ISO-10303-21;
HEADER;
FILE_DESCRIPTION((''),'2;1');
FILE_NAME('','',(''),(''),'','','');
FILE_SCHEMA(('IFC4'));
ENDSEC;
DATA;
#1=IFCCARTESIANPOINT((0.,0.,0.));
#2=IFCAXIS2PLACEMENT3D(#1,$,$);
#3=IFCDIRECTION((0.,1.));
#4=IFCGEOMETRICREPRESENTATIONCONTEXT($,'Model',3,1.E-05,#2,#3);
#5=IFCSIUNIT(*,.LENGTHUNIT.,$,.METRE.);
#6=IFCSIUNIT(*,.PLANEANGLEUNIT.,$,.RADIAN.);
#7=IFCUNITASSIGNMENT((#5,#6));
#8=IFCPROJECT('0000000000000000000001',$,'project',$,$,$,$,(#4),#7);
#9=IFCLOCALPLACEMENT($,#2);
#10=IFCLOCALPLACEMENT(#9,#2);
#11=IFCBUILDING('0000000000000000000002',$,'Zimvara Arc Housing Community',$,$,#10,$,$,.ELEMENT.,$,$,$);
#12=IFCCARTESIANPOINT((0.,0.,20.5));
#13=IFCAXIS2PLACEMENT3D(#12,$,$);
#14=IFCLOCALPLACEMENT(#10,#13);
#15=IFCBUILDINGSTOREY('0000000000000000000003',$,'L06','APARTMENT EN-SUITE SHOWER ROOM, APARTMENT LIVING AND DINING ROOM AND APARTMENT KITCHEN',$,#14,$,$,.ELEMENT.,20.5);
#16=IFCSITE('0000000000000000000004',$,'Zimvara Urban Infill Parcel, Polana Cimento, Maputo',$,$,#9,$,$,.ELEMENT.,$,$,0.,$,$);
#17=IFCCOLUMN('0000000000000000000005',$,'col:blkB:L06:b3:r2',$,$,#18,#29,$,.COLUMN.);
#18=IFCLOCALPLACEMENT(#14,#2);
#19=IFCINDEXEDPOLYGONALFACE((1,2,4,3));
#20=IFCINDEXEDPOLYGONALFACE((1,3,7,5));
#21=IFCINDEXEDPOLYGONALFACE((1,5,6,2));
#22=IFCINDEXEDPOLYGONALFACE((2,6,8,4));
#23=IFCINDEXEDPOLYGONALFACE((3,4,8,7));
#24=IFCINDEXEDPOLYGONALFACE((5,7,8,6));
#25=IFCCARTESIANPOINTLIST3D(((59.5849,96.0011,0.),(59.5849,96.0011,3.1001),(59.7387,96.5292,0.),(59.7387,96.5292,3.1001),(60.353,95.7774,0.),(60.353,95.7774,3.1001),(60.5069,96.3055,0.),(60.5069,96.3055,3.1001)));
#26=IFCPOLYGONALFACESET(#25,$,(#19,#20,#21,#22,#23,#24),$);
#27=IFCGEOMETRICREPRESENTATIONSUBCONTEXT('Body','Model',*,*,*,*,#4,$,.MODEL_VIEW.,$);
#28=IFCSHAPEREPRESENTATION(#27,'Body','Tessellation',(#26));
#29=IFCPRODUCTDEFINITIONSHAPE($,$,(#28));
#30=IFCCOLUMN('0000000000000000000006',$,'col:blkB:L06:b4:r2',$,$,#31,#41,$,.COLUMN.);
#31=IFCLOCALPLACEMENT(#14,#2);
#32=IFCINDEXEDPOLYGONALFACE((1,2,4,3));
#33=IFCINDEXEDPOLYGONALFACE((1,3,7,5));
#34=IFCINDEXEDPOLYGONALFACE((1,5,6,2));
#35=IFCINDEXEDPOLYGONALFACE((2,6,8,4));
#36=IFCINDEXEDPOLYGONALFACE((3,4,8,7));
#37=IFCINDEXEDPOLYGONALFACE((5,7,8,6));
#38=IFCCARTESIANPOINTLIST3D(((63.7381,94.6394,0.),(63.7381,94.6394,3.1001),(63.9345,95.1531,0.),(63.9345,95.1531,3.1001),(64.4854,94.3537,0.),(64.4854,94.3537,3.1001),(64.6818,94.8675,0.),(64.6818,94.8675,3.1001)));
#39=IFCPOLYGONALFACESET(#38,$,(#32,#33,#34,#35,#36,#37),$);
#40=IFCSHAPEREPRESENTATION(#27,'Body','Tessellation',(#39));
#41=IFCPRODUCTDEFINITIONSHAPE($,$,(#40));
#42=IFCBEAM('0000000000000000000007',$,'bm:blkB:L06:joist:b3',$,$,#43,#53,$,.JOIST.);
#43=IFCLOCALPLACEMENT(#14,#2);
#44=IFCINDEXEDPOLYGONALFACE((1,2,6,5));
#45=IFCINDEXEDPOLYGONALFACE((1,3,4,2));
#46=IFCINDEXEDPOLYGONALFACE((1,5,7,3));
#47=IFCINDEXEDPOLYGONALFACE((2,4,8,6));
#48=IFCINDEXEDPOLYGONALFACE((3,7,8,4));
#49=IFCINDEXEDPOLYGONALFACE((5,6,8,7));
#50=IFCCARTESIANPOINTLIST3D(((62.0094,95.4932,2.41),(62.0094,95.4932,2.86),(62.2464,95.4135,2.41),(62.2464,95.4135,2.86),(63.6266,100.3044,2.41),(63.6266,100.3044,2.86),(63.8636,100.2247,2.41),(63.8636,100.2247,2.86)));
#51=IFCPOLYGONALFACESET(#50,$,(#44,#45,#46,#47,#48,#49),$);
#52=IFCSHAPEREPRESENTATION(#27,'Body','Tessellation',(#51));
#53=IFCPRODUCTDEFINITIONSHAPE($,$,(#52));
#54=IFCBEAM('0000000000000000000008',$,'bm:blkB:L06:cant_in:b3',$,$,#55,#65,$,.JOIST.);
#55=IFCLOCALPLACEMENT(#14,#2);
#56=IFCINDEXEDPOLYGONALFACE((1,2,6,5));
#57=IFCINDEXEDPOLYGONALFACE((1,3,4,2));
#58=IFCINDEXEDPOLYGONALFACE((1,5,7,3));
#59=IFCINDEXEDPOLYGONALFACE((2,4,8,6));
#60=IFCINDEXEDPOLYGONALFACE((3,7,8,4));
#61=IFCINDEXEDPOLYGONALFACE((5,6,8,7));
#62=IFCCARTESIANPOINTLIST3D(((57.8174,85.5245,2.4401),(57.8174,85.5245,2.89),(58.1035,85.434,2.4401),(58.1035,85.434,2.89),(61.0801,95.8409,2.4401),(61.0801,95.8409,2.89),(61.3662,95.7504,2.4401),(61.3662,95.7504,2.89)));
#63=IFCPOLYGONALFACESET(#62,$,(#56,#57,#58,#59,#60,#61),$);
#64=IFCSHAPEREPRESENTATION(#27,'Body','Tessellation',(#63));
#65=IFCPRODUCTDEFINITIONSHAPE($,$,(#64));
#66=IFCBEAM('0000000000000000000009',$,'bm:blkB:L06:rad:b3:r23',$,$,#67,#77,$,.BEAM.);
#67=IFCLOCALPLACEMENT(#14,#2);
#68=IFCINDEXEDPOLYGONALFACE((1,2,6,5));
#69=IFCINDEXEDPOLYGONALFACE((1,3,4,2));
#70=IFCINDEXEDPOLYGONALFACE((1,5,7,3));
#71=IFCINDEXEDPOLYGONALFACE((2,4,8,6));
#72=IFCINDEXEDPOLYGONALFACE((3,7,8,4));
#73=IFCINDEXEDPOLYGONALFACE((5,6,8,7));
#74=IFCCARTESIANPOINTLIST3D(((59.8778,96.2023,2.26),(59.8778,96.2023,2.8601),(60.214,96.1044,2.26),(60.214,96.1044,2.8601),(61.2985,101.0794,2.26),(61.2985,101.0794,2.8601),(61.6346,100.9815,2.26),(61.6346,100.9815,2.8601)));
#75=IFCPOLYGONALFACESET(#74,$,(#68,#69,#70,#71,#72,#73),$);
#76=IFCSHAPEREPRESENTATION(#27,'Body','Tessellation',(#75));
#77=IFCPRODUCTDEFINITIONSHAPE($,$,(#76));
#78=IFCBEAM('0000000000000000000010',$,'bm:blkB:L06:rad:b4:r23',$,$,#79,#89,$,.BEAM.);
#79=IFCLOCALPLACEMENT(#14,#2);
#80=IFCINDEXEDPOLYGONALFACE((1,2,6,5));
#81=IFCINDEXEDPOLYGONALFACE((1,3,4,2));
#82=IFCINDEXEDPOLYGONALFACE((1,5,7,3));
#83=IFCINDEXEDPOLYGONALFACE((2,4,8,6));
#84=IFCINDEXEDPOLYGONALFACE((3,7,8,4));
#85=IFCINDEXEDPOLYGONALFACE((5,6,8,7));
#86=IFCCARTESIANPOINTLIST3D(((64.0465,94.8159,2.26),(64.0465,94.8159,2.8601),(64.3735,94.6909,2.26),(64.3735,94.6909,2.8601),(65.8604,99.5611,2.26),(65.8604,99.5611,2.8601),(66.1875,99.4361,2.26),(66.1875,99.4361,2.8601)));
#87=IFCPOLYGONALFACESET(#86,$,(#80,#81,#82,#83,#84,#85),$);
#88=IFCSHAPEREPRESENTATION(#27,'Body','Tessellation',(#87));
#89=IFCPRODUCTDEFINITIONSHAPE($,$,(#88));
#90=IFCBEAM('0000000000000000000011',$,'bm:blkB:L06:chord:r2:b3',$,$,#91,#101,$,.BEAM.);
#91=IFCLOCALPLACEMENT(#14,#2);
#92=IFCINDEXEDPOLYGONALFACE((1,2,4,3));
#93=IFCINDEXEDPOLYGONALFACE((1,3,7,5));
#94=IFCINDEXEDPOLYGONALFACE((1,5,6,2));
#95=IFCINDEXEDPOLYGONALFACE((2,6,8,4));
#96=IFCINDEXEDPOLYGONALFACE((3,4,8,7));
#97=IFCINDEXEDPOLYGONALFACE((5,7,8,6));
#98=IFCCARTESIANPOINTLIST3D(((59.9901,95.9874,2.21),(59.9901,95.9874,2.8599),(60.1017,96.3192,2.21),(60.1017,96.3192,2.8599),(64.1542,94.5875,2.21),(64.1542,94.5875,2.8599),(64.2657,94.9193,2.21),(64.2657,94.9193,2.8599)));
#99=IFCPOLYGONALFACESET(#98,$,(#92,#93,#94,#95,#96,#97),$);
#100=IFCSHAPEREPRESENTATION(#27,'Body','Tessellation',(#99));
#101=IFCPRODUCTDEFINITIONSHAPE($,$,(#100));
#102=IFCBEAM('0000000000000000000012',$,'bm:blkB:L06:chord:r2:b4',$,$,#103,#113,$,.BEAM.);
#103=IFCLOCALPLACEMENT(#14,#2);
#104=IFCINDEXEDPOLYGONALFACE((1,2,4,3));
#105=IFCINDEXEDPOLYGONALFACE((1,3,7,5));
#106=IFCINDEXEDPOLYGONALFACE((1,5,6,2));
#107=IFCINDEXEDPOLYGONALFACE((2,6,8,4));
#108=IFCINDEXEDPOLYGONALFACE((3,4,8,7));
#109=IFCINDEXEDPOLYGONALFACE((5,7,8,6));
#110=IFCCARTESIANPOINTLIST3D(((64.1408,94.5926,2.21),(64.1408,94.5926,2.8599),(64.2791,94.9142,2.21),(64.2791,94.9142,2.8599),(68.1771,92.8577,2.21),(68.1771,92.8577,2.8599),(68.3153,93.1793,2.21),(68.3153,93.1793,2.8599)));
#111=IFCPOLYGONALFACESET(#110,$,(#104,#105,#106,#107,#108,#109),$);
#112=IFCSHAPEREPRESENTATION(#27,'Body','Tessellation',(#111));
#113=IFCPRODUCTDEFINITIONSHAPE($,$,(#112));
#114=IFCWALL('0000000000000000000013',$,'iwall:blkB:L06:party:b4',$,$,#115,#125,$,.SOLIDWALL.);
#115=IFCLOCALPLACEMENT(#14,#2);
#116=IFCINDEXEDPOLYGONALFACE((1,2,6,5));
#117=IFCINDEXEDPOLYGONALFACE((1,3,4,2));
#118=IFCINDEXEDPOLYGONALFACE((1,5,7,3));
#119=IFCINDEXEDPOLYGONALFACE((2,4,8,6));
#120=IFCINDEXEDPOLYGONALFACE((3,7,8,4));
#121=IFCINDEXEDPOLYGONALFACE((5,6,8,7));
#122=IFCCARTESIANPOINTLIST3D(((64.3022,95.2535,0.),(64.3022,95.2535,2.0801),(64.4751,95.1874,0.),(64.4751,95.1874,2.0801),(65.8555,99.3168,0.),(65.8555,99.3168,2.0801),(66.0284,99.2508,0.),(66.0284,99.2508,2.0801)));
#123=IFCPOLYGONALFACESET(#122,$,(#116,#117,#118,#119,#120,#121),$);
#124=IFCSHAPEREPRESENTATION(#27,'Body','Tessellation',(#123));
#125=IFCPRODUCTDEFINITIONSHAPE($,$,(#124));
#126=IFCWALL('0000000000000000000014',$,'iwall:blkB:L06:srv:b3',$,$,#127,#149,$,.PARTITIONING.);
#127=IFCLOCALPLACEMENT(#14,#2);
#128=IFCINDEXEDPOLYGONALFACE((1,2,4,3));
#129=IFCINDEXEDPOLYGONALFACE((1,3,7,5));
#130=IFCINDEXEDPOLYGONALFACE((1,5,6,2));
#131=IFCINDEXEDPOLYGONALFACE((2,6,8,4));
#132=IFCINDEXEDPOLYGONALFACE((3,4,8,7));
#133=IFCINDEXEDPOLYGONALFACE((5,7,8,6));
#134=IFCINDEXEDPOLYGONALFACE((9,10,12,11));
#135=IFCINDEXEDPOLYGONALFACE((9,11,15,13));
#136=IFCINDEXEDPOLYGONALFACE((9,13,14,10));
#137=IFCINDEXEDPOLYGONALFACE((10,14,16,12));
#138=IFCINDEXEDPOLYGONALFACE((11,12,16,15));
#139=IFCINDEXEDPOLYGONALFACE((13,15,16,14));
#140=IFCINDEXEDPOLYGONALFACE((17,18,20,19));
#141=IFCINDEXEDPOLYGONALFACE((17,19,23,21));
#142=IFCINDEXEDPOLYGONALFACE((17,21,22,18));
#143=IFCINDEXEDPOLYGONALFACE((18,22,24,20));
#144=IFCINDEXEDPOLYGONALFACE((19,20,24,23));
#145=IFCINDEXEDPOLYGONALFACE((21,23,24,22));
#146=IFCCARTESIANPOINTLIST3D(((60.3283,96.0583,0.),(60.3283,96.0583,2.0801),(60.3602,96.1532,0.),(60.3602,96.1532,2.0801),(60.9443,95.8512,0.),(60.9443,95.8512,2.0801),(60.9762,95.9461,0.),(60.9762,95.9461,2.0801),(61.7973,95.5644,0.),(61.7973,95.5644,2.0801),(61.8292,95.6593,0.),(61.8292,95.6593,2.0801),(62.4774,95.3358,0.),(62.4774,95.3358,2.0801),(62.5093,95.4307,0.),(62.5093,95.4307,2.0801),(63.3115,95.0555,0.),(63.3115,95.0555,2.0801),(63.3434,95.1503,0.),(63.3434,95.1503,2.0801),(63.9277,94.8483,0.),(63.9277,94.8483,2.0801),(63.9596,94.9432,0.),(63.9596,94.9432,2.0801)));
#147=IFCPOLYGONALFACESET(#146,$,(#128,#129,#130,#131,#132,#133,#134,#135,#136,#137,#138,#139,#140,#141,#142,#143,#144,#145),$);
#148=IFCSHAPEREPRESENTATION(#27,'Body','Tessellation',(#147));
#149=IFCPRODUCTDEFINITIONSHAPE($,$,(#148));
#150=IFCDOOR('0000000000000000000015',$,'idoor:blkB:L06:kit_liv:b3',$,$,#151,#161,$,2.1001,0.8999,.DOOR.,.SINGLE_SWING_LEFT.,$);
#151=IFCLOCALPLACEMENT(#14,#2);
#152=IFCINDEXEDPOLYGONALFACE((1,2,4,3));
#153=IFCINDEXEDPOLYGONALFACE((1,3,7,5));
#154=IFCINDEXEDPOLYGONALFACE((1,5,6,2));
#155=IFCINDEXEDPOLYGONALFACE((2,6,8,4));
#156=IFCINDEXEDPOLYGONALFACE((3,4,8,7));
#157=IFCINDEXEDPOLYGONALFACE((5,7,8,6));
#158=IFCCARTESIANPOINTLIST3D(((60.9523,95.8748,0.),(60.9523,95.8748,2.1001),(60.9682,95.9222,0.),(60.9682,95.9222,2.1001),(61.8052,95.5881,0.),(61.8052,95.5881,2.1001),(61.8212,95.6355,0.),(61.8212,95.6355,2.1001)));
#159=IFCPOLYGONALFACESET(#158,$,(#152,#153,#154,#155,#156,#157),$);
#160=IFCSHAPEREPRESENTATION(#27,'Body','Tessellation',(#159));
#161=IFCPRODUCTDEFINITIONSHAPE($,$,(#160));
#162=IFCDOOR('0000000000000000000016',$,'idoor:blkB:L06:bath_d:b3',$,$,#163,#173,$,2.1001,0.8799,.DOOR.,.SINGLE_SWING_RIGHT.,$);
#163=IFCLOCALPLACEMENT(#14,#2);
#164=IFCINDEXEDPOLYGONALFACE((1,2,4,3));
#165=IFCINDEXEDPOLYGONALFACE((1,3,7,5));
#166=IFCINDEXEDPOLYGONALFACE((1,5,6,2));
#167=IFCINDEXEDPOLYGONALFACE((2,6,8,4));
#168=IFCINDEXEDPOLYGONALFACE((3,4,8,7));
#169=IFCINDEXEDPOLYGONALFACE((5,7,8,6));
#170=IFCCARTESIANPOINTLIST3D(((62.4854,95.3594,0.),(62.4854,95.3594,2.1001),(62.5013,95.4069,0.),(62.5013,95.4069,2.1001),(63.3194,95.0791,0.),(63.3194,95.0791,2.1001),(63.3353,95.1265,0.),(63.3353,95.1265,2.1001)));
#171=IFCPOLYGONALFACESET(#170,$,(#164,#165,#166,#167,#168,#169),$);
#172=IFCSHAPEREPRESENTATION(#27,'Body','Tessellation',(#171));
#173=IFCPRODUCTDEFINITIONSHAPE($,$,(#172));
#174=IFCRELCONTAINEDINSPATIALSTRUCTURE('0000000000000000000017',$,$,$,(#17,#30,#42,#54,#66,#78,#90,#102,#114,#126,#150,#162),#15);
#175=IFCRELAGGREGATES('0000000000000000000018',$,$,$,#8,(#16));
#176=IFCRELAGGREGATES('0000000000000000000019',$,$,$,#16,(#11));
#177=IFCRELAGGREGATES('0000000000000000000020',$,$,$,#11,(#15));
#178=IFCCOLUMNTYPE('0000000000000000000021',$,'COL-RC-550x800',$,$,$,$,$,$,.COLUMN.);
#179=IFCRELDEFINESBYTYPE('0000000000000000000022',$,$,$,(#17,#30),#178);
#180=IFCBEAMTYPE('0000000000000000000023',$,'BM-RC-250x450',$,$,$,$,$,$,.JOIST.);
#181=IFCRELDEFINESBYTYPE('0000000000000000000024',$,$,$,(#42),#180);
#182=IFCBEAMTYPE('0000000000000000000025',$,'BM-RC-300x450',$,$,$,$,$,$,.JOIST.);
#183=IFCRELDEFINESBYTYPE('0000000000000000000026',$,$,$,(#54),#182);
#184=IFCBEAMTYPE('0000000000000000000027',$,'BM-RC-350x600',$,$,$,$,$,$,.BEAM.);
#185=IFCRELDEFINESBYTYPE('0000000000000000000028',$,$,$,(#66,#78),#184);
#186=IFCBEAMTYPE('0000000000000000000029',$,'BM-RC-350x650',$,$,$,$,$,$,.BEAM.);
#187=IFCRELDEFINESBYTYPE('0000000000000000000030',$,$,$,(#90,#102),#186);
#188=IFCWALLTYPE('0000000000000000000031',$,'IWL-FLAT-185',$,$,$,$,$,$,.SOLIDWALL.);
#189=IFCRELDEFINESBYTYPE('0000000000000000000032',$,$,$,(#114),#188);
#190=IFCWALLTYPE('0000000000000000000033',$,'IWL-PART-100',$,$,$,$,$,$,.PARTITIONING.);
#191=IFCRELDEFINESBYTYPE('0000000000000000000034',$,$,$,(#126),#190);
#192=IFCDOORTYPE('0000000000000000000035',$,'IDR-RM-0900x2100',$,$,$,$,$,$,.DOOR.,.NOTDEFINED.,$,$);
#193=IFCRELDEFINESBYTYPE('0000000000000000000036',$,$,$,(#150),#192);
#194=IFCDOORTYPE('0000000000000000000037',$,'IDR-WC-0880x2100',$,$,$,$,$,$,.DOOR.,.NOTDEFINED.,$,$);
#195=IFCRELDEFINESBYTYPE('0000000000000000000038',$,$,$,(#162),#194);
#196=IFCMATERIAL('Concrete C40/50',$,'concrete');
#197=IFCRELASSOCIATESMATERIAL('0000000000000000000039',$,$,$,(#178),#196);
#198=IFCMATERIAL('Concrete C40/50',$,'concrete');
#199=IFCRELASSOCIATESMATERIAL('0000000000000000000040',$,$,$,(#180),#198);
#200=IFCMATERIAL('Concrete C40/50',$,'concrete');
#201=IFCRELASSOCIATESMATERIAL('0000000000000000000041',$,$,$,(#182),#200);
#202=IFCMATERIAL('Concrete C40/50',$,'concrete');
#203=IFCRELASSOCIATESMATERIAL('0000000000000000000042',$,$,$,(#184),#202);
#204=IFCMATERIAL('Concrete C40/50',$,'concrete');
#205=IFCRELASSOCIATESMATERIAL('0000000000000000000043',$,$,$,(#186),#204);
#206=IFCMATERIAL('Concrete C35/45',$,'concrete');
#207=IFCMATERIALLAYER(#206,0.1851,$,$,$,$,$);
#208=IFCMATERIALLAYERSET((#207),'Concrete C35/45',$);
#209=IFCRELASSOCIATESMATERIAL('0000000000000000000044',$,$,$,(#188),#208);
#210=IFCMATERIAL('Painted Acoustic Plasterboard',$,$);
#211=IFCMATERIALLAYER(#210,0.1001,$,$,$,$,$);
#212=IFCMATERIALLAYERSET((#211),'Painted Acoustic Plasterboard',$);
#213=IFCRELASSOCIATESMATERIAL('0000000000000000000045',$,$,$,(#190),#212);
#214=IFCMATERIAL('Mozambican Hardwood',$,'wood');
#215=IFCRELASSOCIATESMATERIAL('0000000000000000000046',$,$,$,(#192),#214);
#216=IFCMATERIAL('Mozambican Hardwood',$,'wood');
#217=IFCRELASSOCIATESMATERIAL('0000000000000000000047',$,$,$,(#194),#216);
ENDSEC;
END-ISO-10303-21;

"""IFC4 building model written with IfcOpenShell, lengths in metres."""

from ifc_helpers import new_model, si_unit, direction, frame, frame_2d, origin, origin_2d, place, context, subcontext, project, spatial, rectangle, extrude, material, layer, layer_set, material_profile, profile_set, type_object, element, fill, save


model = new_model("IFC4")

# Units and contexts
model_context = context("Model", 3, precision=1e-05, world=origin(), true_north=direction((0.0, 1.0)))
body_context = subcontext(model_context, "Body", "Model", "MODEL_VIEW")
ifc_project = project(units=[si_unit("LENGTHUNIT", "METRE"), si_unit("PLANEANGLEUNIT", "RADIAN")], contexts=[model_context])

# Site, building, storey
site_placement = place(None, origin())
site = spatial("IfcSite", under=ifc_project, at=site_placement, Name="Zimvara Urban Infill Parcel, Polana Cimento, Maputo", CompositionType="ELEMENT", RefElevation=0.0)
building_placement = place(site_placement, origin())
building = spatial("IfcBuilding", under=site, at=building_placement, Name="Zimvara Arc Housing Community", CompositionType="ELEMENT")
storey_placement = place(building_placement, frame((0.0, 0.0, 20.5)))
storey = spatial("IfcBuildingStorey", under=building, at=storey_placement, Name="L06", Description="APARTMENT EN-SUITE SHOWER ROOM, APARTMENT LIVING AND DINING ROOM AND APARTMENT KITCHEN", CompositionType="ELEMENT", Elevation=20.5)

# Columns
ifc_material_1 = material(Name="Concrete C40/50", Category="concrete")
ifc_material_profile_1 = material_profile(ifc_material_1, rectangle(XDim=0.55, YDim=0.8, at=origin_2d()), Name="RC 550x800")
ifc_profile_set_1 = profile_set([ifc_material_profile_1], Name="Concrete C40/50")
column_type = type_object("IfcColumnType", Name="COL-RC-550x800", PredefinedType="COLUMN", material=ifc_profile_set_1)
for number, where, z_axis, x_axis, name in (
    (1, (60.0459, 96.1533, 0.0), (0.0, 0.0, 1.0), (0.279661, 0.960099, 0.0), "col:blkB:L06:b3:r2"),
    (2, (64.21, 94.7534, 0.0), (0.0, 0.0, 1.0), (0.357064, 0.93408, 0.0), "col:blkB:L06:b4:r2"),
):
    element("IfcColumn", number, at=place(storey_placement, frame(where, z_axis=z_axis, x_axis=x_axis)), inside=storey, type_object=column_type, Name=name, PredefinedType="COLUMN", context=body_context, shape_type="SweptSolid", body=[
        extrude(rectangle(XDim=0.55, YDim=0.8, at=origin_2d()), origin(), (0.0, 0.0, 1.0), 3.1001),
    ])

# Beams
ifc_material_2 = material(Name="Concrete C40/50", Category="concrete")
ifc_material_profile_2 = material_profile(ifc_material_2, rectangle(XDim=0.25, YDim=0.45, at=origin_2d()), Name="RC 250x450")
ifc_profile_set_2 = profile_set([ifc_material_profile_2], Name="Concrete C40/50")
beam_type_1 = type_object("IfcBeamType", Name="BM-RC-250x450", PredefinedType="JOIST", material=ifc_profile_set_2)
beam_1_placement = place(storey_placement, frame((62.1279, 95.4534, 2.635), z_axis=(0.318608, 0.947887, 0.0), x_axis=(-0.947887, 0.318608, 0.0)))
element("IfcBeam", 3, at=beam_1_placement, inside=storey, type_object=beam_type_1, Name="bm:blkB:L06:joist:b3", PredefinedType="JOIST", context=body_context, shape_type="SweptSolid", body=[
    extrude(rectangle(XDim=0.25, YDim=0.45, at=origin_2d()), origin(), (0.0, 0.0, 1.0), 5.0757),
])
ifc_material_3 = material(Name="Concrete C40/50", Category="concrete")
ifc_material_profile_3 = material_profile(ifc_material_3, rectangle(XDim=0.3, YDim=0.45, at=origin_2d()), Name="RC 300x450")
ifc_profile_set_3 = profile_set([ifc_material_profile_3], Name="Concrete C40/50")
beam_type_2 = type_object("IfcBeamType", Name="BM-RC-300x450", PredefinedType="JOIST", material=ifc_profile_set_3)
beam_2_placement = place(storey_placement, frame((61.2231, 95.7957, 2.665), z_axis=(-0.301542, -0.953453, 0.0), x_axis=(0.953453, -0.301542, 0.0)))
element("IfcBeam", 4, at=beam_2_placement, inside=storey, type_object=beam_type_2, Name="bm:blkB:L06:cant_in:b3", PredefinedType="JOIST", context=body_context, shape_type="SweptSolid", body=[
    extrude(rectangle(XDim=0.3, YDim=0.45, at=origin_2d()), origin(), (0.0, 0.0, 1.0), 10.8201),
])
ifc_material_4 = material(Name="Concrete C40/50", Category="concrete")
ifc_material_profile_4 = material_profile(ifc_material_4, rectangle(XDim=0.3501, YDim=0.6001, at=origin_2d()), Name="RC 350x600")
ifc_profile_set_4 = profile_set([ifc_material_profile_4], Name="Concrete C40/50")
beam_type_3 = type_object("IfcBeamType", Name="BM-RC-350x600", PredefinedType="BEAM", material=ifc_profile_set_4)
beam_3_placement = place(storey_placement, frame((60.0459, 96.1533, 2.5601), z_axis=(0.279662, 0.960098, 0.0), x_axis=(-0.960098, 0.279662, 0.0)))
element("IfcBeam", 5, at=beam_3_placement, inside=storey, type_object=beam_type_3, Name="bm:blkB:L06:rad:b3:r23", PredefinedType="BEAM", context=body_context, shape_type="SweptSolid", body=[
    extrude(rectangle(XDim=0.3501, YDim=0.6001, at=origin_2d()), origin(), (0.0, 0.0, 1.0), 5.0798),
])
beam_4_placement = place(storey_placement, frame((64.21, 94.7534, 2.5601), z_axis=(0.357078, 0.934074, 0.0), x_axis=(-0.934074, 0.357078, 0.0)))
element("IfcBeam", 6, at=beam_4_placement, inside=storey, type_object=beam_type_3, Name="bm:blkB:L06:rad:b4:r23", PredefinedType="BEAM", context=body_context, shape_type="SweptSolid", body=[
    extrude(rectangle(XDim=0.3501, YDim=0.6001, at=origin_2d()), origin(), (0.0, 0.0, 1.0), 5.0801),
])
ifc_material_5 = material(Name="Concrete C40/50", Category="concrete")
ifc_material_profile_5 = material_profile(ifc_material_5, rectangle(XDim=0.3501, YDim=0.6499, at=origin_2d()), Name="RC 350x650")
ifc_profile_set_5 = profile_set([ifc_material_profile_5], Name="Concrete C40/50")
beam_type_4 = type_object("IfcBeamType", Name="BM-RC-350x650", PredefinedType="BEAM", material=ifc_profile_set_5)
beam_5_placement = place(storey_placement, frame((60.0459, 96.1533, 2.5349), z_axis=(0.947869, -0.318661, 0.0), x_axis=(0.318661, 0.947869, 0.0)))
element("IfcBeam", 7, at=beam_5_placement, inside=storey, type_object=beam_type_4, Name="bm:blkB:L06:chord:r2:b3", PredefinedType="BEAM", context=body_context, shape_type="SweptSolid", body=[
    extrude(rectangle(XDim=0.3501, YDim=0.6499, at=origin_2d()), origin(), (0.0, 0.0, 1.0), 4.3931),
])
beam_6_placement = place(storey_placement, frame((64.21, 94.7534, 2.5349), z_axis=(0.918725, -0.394898, 0.0), x_axis=(0.394898, 0.918725, 0.0)))
element("IfcBeam", 8, at=beam_6_placement, inside=storey, type_object=beam_type_4, Name="bm:blkB:L06:chord:r2:b4", PredefinedType="BEAM", context=body_context, shape_type="SweptSolid", body=[
    extrude(rectangle(XDim=0.3501, YDim=0.6499, at=origin_2d()), origin(), (0.0, 0.0, 1.0), 4.3933),
])

# Wall
ifc_material_6 = material(Name="Concrete C35/45", Category="concrete")
ifc_layer_1 = layer(ifc_material_6, 0.1851)
ifc_layer_set_1 = layer_set([ifc_layer_1], Name="Concrete C35/45")
wall_type_1 = type_object("IfcWallType", Name="IWL-FLAT-185", PredefinedType="SOLIDWALL", material=ifc_layer_set_1)
wall_1_placement = place(storey_placement, frame((64.3887, 95.2205, 0.0), z_axis=(0.0, 0.0, 1.0), x_axis=(0.357064, 0.93408, 0.0)))
element("IfcWall", 9, at=wall_1_placement, inside=storey, type_object=wall_type_1, Name="iwall:blkB:L06:party:b4", PredefinedType="SOLIDWALL", context=body_context, shape_type="SweptSolid", body=[
    extrude(rectangle(XDim=4.3501, YDim=0.1851, at=frame_2d((2.175, 0.0))), origin(), (0.0, 0.0, 1.0), 2.0801),
])

# Wall, openings, doors
ifc_material_7 = material(Name="Painted Acoustic Plasterboard")
ifc_layer_2 = layer(ifc_material_7, 0.1001)
ifc_layer_set_2 = layer_set([ifc_layer_2], Name="Painted Acoustic Plasterboard")
wall_type_2 = type_object("IfcWallType", Name="IWL-PART-100", PredefinedType="PARTITIONING", material=ifc_layer_set_2)
wall_2_placement = place(storey_placement, frame((60.3442, 96.1057, 0.0), z_axis=(0.0, 0.0, 1.0), x_axis=(0.947877, -0.318638, 0.0)))
wall_2 = element("IfcWall", 10, at=wall_2_placement, inside=storey, type_object=wall_type_2, Name="iwall:blkB:L06:srv:b3", PredefinedType="PARTITIONING", context=body_context, shape_type="SweptSolid", body=[
    extrude(rectangle(XDim=3.7974, YDim=0.1001, at=frame_2d((1.8987, 0.0))), origin(), (0.0, 0.0, 1.0), 2.0801),
])
opening_1_placement = place(wall_2_placement, frame((0.6499, 0.0, 0.0)))
opening_1 = element("IfcOpeningElement", 11, at=opening_1_placement, cuts=wall_2, PredefinedType="OPENING", context=body_context, shape_type="SweptSolid", body=[
    extrude(rectangle(XDim=0.8999, YDim=2.1001, at=frame_2d((0.45, 1.05))), frame((0.0, 0.0601, 0.0), z_axis=(0.0, -1.0, 0.0), x_axis=(1.0, 0.0, 0.0)), (0.0, 0.0, 1.0), 0.1201),
])
opening_2_placement = place(wall_2_placement, frame((2.2673, 0.0, 0.0)))
opening_2 = element("IfcOpeningElement", 12, at=opening_2_placement, cuts=wall_2, PredefinedType="OPENING", context=body_context, shape_type="SweptSolid", body=[
    extrude(rectangle(XDim=0.8799, YDim=2.1001, at=frame_2d((0.4399, 1.05))), frame((0.0, 0.0601, 0.0), z_axis=(0.0, -1.0, 0.0), x_axis=(1.0, 0.0, 0.0)), (0.0, 0.0, 1.0), 0.1201),
])
ifc_material_8 = material(Name="Mozambican Hardwood", Category="wood")
door_type_1 = type_object("IfcDoorType", Name="IDR-RM-0900x2100", OperationType="NOTDEFINED", PredefinedType="DOOR", material=ifc_material_8)
door_1_placement = place(opening_1_placement, origin())
door_1 = element("IfcDoor", 13, at=door_1_placement, inside=storey, type_object=door_type_1, Name="idoor:blkB:L06:kit_liv:b3", OperationType="SINGLE_SWING_LEFT", OverallHeight=2.1001, OverallWidth=0.8999, PredefinedType="DOOR", context=body_context, shape_type="SweptSolid", body=[
    extrude(rectangle(XDim=0.8999, YDim=2.1001, at=frame_2d((0.45, 1.05))), frame((0.0, 0.0249, 0.0), z_axis=(0.0, -1.0, 0.0), x_axis=(1.0, 0.0, 0.0)), (0.0, 0.0, 1.0), 0.05),
])
fill(opening_1, door_1)
ifc_material_9 = material(Name="Mozambican Hardwood", Category="wood")
door_type_2 = type_object("IfcDoorType", Name="IDR-WC-0880x2100", OperationType="NOTDEFINED", PredefinedType="DOOR", material=ifc_material_9)
door_2_placement = place(opening_2_placement, origin())
door_2 = element("IfcDoor", 14, at=door_2_placement, inside=storey, type_object=door_type_2, Name="idoor:blkB:L06:bath_d:b3", OperationType="SINGLE_SWING_RIGHT", OverallHeight=2.1001, OverallWidth=0.8799, PredefinedType="DOOR", context=body_context, shape_type="SweptSolid", body=[
    extrude(rectangle(XDim=0.8799, YDim=2.1001, at=frame_2d((0.4399, 1.05))), frame((0.0, 0.0249, 0.0), z_axis=(0.0, -1.0, 0.0), x_axis=(1.0, 0.0, 0.0)), (0.0, 0.0, 1.0), 0.05),
])
fill(opening_2, door_2)

save(model, "model.ifc")
